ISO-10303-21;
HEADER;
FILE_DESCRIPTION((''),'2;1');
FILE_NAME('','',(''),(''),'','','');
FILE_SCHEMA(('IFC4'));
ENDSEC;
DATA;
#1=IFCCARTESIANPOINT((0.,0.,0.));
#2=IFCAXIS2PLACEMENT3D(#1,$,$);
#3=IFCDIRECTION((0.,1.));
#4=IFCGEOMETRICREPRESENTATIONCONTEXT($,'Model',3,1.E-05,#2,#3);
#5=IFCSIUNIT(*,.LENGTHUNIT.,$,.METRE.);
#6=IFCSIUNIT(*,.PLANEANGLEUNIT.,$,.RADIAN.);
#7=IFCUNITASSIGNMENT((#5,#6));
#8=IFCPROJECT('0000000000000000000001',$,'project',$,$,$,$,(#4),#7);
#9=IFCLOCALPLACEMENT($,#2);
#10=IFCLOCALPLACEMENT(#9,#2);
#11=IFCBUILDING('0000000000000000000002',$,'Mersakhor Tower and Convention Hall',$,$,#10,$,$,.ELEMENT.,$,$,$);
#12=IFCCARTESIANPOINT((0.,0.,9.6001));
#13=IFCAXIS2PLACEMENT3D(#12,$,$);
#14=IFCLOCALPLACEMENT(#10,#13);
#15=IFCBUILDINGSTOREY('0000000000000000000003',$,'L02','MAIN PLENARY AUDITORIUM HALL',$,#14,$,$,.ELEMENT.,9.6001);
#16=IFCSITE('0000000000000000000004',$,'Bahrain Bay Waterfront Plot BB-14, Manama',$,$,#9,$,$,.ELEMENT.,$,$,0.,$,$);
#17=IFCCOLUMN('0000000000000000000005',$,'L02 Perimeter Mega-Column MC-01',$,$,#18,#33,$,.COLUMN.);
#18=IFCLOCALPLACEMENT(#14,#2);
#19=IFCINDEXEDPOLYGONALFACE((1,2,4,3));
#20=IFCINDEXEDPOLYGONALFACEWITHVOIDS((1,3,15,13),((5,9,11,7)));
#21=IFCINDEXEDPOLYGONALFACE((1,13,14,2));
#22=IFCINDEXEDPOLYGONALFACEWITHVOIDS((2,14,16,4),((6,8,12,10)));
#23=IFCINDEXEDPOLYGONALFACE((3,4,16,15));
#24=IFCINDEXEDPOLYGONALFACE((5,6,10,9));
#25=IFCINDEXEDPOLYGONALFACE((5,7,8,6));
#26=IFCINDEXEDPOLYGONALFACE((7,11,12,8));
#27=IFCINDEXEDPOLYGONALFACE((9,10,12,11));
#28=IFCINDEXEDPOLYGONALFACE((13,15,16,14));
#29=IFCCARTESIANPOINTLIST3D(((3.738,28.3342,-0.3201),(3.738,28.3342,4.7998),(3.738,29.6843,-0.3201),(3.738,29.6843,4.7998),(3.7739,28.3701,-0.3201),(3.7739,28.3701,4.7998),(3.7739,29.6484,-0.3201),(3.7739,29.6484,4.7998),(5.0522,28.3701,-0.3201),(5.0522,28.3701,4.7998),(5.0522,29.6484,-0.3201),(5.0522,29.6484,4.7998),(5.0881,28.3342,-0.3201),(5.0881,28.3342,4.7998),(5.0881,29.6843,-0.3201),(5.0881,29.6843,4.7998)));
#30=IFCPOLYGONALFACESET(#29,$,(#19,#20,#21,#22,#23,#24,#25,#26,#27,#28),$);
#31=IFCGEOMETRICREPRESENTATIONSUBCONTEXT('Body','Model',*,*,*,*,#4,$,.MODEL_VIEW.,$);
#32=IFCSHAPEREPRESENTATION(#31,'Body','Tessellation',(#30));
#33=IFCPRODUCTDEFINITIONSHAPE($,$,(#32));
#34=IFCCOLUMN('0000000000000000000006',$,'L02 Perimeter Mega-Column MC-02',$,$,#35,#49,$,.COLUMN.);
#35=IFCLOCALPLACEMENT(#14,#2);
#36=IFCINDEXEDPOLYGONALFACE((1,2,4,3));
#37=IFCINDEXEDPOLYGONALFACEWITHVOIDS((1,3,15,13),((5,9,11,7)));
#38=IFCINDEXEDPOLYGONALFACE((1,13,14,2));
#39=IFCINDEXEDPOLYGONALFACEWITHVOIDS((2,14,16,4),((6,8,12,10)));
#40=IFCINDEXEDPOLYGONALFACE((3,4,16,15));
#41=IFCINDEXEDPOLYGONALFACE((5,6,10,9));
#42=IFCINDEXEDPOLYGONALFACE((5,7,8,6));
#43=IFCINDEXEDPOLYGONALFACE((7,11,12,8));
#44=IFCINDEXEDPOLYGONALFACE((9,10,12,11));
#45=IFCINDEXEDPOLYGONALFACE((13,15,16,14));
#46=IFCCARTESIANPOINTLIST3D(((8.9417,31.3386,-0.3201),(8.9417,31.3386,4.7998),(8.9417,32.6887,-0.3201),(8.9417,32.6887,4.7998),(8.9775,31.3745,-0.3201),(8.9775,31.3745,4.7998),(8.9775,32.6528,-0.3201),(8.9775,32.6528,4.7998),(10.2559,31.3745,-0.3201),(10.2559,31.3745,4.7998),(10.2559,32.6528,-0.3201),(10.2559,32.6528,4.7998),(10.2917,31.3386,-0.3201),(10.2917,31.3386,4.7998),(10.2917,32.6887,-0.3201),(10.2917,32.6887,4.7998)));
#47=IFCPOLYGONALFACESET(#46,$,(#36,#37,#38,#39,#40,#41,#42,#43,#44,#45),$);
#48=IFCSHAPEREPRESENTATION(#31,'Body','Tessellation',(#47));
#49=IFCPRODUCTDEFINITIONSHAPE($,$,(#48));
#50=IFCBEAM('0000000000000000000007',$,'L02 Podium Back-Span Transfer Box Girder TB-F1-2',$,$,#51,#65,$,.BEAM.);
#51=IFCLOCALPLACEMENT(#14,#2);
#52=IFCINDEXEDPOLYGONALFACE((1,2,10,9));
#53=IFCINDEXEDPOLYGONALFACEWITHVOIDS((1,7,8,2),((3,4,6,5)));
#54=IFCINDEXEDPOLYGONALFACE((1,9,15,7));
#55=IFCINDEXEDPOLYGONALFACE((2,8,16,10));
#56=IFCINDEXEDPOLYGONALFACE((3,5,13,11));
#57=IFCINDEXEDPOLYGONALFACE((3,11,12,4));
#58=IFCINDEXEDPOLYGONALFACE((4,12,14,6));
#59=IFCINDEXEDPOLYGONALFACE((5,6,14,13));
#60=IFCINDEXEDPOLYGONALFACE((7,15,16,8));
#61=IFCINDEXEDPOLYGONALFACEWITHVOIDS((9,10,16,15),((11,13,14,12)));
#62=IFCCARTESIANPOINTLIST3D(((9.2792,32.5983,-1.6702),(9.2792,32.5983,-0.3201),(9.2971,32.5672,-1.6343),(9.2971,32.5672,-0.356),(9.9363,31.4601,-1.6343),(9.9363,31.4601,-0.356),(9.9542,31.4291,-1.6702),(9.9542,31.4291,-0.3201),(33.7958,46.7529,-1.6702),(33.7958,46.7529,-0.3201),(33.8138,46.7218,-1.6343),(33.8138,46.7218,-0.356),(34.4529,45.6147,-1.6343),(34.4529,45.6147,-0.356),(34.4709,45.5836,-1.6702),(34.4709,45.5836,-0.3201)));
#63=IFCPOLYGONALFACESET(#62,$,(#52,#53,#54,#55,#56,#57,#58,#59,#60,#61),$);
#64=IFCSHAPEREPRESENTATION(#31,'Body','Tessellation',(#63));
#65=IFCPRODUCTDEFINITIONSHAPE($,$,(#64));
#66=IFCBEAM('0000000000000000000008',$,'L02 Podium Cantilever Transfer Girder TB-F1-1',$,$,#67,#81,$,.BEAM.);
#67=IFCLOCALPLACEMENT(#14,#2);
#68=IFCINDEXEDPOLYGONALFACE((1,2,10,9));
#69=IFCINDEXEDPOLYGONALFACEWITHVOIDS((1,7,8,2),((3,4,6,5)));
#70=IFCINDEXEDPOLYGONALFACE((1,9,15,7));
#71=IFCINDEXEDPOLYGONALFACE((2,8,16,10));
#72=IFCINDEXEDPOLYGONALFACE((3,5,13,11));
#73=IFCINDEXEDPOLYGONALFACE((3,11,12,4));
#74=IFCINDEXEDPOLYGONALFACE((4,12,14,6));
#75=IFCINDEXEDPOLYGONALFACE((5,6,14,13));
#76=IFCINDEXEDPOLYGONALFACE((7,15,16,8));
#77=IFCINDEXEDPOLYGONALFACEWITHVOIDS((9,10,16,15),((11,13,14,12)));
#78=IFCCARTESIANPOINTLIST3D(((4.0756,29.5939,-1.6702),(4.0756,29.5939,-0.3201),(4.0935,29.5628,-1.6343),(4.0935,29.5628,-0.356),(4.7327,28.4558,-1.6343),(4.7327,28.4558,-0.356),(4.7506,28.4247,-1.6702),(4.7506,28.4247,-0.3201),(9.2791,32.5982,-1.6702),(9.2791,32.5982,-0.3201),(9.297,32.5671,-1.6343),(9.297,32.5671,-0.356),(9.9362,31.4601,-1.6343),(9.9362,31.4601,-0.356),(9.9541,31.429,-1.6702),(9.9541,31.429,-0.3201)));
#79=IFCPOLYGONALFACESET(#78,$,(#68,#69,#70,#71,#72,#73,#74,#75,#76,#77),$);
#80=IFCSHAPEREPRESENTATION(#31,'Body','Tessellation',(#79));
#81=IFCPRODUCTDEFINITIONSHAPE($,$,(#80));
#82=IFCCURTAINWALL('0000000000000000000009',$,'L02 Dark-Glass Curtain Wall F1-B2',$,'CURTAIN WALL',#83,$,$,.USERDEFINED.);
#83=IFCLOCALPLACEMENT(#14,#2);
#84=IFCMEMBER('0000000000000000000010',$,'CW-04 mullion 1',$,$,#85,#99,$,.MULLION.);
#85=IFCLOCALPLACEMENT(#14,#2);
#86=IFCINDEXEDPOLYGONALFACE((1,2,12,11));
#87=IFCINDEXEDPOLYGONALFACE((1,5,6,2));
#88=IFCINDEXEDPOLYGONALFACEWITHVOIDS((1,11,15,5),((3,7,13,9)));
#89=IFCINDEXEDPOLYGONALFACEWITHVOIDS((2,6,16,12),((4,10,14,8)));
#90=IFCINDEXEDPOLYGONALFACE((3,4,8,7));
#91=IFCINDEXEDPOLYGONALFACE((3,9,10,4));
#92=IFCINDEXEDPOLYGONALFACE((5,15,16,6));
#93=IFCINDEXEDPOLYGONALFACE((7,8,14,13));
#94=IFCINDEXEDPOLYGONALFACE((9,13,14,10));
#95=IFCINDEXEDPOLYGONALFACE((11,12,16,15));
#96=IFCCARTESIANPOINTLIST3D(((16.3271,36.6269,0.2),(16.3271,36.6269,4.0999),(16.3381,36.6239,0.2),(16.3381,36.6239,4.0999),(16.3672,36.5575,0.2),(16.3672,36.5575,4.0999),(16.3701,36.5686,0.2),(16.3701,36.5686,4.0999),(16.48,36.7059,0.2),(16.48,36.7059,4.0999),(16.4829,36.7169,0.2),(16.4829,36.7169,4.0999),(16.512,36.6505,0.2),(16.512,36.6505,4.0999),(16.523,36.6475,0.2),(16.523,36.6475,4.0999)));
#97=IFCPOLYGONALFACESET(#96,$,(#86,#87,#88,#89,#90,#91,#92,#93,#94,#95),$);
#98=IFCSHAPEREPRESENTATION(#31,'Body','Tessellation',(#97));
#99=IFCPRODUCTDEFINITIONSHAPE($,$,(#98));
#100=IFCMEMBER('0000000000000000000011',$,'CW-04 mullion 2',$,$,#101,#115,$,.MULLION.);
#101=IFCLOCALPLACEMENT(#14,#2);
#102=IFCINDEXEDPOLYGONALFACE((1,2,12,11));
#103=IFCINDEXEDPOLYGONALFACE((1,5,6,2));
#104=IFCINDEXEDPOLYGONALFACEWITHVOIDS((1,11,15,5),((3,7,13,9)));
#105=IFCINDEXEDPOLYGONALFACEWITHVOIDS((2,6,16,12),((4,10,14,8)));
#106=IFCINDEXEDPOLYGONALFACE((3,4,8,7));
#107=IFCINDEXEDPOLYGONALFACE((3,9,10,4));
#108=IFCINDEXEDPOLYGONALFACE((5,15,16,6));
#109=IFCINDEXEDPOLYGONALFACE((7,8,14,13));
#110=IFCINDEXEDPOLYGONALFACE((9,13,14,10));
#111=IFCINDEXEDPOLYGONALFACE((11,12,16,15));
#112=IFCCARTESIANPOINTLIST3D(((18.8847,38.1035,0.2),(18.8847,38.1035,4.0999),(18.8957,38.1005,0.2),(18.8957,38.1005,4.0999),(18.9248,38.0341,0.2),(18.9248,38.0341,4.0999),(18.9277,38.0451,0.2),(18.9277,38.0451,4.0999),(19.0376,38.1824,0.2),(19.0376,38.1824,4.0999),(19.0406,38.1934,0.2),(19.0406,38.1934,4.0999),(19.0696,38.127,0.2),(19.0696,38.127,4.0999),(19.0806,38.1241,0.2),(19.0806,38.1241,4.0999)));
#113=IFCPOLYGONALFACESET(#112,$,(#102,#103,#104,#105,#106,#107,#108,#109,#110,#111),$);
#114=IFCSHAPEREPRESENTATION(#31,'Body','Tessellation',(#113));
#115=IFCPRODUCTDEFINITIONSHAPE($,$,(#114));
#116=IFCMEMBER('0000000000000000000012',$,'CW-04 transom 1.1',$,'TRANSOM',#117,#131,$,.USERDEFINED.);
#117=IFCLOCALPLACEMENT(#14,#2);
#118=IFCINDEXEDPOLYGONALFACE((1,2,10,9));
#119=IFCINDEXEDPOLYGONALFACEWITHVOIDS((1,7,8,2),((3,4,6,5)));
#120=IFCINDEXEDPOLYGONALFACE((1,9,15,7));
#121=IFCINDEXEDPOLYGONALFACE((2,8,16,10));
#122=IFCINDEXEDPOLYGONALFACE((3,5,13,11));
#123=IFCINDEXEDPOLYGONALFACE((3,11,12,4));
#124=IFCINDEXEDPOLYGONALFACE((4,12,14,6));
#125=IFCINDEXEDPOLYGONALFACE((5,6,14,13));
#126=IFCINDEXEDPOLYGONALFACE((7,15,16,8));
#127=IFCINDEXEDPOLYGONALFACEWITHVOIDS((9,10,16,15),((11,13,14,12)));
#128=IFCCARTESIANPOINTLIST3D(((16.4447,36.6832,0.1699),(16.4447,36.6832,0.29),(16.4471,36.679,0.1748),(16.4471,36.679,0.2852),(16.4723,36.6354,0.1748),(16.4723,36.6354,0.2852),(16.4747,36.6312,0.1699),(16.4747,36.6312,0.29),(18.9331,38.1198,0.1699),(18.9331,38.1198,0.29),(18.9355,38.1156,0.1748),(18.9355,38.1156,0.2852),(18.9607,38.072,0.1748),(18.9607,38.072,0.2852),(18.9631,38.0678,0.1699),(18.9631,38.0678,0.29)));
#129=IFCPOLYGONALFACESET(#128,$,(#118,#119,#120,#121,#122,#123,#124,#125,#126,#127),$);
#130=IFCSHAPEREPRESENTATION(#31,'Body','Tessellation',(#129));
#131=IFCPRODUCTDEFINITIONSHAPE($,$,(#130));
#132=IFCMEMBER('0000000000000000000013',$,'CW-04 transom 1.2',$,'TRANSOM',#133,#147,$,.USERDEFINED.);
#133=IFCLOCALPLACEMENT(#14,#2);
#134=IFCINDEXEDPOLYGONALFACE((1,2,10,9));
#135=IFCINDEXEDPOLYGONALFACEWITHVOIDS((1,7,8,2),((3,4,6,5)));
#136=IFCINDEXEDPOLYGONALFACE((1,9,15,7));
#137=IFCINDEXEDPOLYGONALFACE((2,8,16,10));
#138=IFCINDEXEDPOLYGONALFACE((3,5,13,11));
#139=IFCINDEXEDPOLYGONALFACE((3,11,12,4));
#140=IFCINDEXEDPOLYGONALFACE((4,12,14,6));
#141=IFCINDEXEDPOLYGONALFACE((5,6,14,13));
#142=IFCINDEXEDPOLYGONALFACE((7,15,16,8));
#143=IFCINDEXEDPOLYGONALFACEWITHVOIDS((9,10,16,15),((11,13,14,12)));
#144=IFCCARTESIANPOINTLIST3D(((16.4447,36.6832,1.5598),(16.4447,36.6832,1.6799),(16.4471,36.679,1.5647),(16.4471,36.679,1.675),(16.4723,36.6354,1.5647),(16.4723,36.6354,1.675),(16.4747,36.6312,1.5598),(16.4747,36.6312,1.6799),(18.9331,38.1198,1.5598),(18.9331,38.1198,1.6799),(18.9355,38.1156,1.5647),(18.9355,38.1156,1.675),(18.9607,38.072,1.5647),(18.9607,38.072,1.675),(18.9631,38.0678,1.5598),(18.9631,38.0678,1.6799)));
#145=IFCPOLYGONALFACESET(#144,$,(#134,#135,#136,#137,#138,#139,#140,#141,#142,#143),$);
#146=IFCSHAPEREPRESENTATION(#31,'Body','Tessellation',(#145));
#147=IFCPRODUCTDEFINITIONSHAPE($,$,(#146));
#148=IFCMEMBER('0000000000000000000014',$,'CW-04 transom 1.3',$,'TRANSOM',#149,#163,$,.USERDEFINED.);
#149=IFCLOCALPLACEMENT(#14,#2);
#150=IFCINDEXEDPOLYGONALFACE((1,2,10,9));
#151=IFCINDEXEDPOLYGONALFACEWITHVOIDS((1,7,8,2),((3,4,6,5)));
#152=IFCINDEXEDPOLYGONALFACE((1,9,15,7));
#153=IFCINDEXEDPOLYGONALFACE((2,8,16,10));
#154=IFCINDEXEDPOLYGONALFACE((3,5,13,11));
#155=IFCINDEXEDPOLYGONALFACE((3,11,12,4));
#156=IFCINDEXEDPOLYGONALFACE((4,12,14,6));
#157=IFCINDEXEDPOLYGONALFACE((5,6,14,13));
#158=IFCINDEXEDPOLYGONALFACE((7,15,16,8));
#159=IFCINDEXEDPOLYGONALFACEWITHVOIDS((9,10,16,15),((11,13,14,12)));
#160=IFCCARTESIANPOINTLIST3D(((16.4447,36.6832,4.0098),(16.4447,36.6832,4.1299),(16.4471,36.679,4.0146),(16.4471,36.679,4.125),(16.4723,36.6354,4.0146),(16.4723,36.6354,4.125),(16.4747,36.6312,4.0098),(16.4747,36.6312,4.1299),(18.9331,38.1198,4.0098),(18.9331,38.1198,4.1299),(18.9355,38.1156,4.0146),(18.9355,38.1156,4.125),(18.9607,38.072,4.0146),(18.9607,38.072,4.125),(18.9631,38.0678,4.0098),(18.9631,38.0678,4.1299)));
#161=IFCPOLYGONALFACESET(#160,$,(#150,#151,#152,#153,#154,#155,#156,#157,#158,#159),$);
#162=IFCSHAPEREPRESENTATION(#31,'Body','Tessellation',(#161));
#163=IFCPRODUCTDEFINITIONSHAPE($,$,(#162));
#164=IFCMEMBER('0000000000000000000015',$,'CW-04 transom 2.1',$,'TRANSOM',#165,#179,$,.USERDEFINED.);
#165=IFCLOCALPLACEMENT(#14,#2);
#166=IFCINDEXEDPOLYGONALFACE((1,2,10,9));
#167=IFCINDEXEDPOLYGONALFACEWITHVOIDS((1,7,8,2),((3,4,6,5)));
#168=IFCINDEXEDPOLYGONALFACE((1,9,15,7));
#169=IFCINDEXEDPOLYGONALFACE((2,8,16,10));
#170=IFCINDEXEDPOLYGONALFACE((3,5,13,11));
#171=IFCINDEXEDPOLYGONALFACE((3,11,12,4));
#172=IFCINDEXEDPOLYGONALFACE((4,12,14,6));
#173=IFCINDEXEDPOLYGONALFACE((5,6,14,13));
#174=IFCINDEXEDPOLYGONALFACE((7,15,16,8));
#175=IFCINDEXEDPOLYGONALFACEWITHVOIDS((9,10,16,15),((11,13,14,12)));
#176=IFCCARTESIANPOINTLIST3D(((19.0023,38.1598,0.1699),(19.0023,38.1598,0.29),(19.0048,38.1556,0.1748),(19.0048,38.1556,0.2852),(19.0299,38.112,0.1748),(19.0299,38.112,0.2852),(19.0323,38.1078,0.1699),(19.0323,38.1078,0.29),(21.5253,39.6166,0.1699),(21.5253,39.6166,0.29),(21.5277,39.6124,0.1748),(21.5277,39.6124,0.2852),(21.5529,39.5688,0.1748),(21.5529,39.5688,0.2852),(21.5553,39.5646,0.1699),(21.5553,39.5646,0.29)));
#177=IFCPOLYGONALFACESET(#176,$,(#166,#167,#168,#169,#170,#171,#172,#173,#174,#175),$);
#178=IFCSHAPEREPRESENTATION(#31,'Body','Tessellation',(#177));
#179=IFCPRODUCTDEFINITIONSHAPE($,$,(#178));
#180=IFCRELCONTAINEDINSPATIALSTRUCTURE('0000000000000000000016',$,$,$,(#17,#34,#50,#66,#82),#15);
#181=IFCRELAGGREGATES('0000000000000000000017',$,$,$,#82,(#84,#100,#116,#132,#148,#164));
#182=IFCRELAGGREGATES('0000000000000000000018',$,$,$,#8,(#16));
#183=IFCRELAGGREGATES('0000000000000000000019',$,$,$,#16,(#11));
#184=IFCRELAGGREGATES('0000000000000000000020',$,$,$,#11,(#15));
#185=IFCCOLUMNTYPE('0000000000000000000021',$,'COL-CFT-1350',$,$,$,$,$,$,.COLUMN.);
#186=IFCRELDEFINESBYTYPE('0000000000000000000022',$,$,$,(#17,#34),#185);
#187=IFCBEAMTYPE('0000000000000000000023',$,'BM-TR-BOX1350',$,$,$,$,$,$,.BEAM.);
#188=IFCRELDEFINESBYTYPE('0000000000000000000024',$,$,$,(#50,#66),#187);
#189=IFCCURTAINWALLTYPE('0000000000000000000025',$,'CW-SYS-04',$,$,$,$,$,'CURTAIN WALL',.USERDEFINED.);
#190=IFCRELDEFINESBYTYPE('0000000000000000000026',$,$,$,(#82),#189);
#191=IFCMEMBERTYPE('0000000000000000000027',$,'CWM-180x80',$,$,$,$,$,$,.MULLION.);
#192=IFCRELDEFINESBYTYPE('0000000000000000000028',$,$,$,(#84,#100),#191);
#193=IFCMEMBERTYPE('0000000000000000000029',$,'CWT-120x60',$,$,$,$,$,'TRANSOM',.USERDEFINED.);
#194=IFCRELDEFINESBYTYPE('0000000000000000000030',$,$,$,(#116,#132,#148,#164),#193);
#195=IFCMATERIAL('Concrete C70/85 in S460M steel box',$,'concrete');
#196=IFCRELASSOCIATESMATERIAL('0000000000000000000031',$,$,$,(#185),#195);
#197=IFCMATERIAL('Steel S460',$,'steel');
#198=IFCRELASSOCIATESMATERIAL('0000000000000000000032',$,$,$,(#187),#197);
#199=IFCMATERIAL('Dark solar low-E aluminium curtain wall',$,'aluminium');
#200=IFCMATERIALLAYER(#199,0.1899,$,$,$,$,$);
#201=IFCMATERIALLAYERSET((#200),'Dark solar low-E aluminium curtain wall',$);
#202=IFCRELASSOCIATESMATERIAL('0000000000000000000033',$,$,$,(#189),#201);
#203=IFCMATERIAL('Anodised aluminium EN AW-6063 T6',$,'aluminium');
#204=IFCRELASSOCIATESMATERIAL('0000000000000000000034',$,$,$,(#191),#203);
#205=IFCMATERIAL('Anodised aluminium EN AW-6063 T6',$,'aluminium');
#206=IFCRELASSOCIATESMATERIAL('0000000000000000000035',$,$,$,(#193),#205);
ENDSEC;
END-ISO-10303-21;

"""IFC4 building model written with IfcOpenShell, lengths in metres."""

from ifc_helpers import new_model, si_unit, direction, frame, origin, origin_2d, place, context, subcontext, project, spatial, hollow_rectangle, extrude, material, layer, layer_set, material_profile, profile_set, type_object, element, aggregate, save


model = new_model("IFC4")

# Units and contexts
model_context = context("Model", 3, precision=1e-05, world=origin(), true_north=direction((0.0, 1.0)))
body_context = subcontext(model_context, "Body", "Model", "MODEL_VIEW")
ifc_project = project(units=[si_unit("LENGTHUNIT", "METRE"), si_unit("PLANEANGLEUNIT", "RADIAN")], contexts=[model_context])

# Site, building, storey
site_placement = place(None, origin())
site = spatial("IfcSite", under=ifc_project, at=site_placement, Name="Bahrain Bay Waterfront Plot BB-14, Manama", CompositionType="ELEMENT", RefElevation=0.0)
building_placement = place(site_placement, origin())
building = spatial("IfcBuilding", under=site, at=building_placement, Name="Mersakhor Tower and Convention Hall", CompositionType="ELEMENT")
storey_placement = place(building_placement, frame((0.0, 0.0, 9.6001)))
storey = spatial("IfcBuildingStorey", under=building, at=storey_placement, Name="L02", Description="MAIN PLENARY AUDITORIUM HALL", CompositionType="ELEMENT", Elevation=9.6001)

# Columns
ifc_material_1 = material(Name="Concrete C70/85 in S460M steel box", Category="concrete")
ifc_material_profile_1 = material_profile(ifc_material_1, hollow_rectangle(XDim=1.3501, YDim=1.3501, WallThickness=0.0359, at=origin_2d()), Name="SHS 1350x1350x36")
ifc_profile_set_1 = profile_set([ifc_material_profile_1], Name="Concrete C70/85 in S460M steel box")
column_type = type_object("IfcColumnType", Name="COL-CFT-1350", PredefinedType="COLUMN", material=ifc_profile_set_1)
for number, where, z_axis, x_axis, name in (
    (1, (4.4131, 29.0093, -0.3201), (0.0, 0.0, 1.0), (1.0, 0.0, 0.0), "L02 Perimeter Mega-Column MC-01"),
    (2, (9.6167, 32.0137, -0.3201), (0.0, 0.0, 1.0), (1.0, 0.0, 0.0), "L02 Perimeter Mega-Column MC-02"),
):
    element("IfcColumn", number, at=place(storey_placement, frame(where, z_axis=z_axis, x_axis=x_axis)), inside=storey, type_object=column_type, Name=name, PredefinedType="COLUMN", context=body_context, shape_type="SweptSolid", body=[
        extrude(hollow_rectangle(XDim=1.3501, YDim=1.3501, WallThickness=0.0359, at=origin_2d()), origin(), (0.0, 0.0, 1.0), 5.1199),
    ])

# Beams
ifc_material_2 = material(Name="Steel S460", Category="steel")
ifc_material_profile_2 = material_profile(ifc_material_2, hollow_rectangle(XDim=1.3501, YDim=1.3501, WallThickness=0.0359, at=origin_2d()), Name="SHS 1350x1350x36")
ifc_profile_set_2 = profile_set([ifc_material_profile_2], Name="Steel S460")
beam_type = type_object("IfcBeamType", Name="BM-TR-BOX1350", PredefinedType="BEAM", material=ifc_profile_set_2)
beam_1_placement = place(storey_placement, frame((9.6167, 32.0137, -0.9951), z_axis=(0.866027, 0.499997, 0.0), x_axis=(-0.499997, 0.866027, 0.0)))
element("IfcBeam", 3, at=beam_1_placement, inside=storey, type_object=beam_type, Name="L02 Podium Back-Span Transfer Box Girder TB-F1-2", PredefinedType="BEAM", context=body_context, shape_type="SweptSolid", body=[
    extrude(hollow_rectangle(XDim=1.3501, YDim=1.3501, WallThickness=0.0359, at=origin_2d()), origin(), (0.0, 0.0, 1.0), 28.3093),
])
beam_2_placement = place(storey_placement, frame((4.4131, 29.0093, -0.9951), z_axis=(0.866019, 0.500011, 0.0), x_axis=(-0.500011, 0.866019, 0.0)))
element("IfcBeam", 4, at=beam_2_placement, inside=storey, type_object=beam_type, Name="L02 Podium Cantilever Transfer Girder TB-F1-1", PredefinedType="BEAM", context=body_context, shape_type="SweptSolid", body=[
    extrude(hollow_rectangle(XDim=1.3501, YDim=1.3501, WallThickness=0.0359, at=origin_2d()), origin(), (0.0, 0.0, 1.0), 6.0085),
])

# Curtain wall, members
ifc_material_3 = material(Name="Dark solar low-E aluminium curtain wall", Category="aluminium")
ifc_layer_1 = layer(ifc_material_3, 0.1899)
ifc_layer_set_1 = layer_set([ifc_layer_1], Name="Dark solar low-E aluminium curtain wall")
curtain_wall_type = type_object("IfcCurtainWallType", Name="CW-SYS-04", ElementType="CURTAIN WALL", PredefinedType="USERDEFINED", material=ifc_layer_set_1)
curtain_wall_placement = place(storey_placement, origin())
curtain_wall = element("IfcCurtainWall", 5, at=curtain_wall_placement, inside=storey, type_object=curtain_wall_type, Name="L02 Dark-Glass Curtain Wall F1-B2", ObjectType="CURTAIN WALL", PredefinedType="USERDEFINED")
ifc_material_4 = material(Name="Anodised aluminium EN AW-6063 T6", Category="aluminium")
ifc_material_profile_3 = material_profile(ifc_material_4, hollow_rectangle(XDim=0.0801, YDim=0.1799, WallThickness=0.0081, at=origin_2d()), Name="RHS 180x80x8")
ifc_profile_set_3 = profile_set([ifc_material_profile_3], Name="Anodised aluminium EN AW-6063 T6")
member_type_1 = type_object("IfcMemberType", Name="CWM-180x80", PredefinedType="MULLION", material=ifc_profile_set_3)
member_1_placement = place(storey_placement, frame((16.425, 36.6372, 0.2), z_axis=(0.0, 0.0, 1.0), x_axis=(-0.500003, 0.866023, 0.0)))
member_1 = element("IfcMember", 6, at=member_1_placement, type_object=member_type_1, Name="CW-04 mullion 1", PredefinedType="MULLION", context=body_context, shape_type="SweptSolid", body=[
    extrude(hollow_rectangle(XDim=0.0801, YDim=0.1799, WallThickness=0.0081, at=origin_2d()), origin(), (0.0, 0.0, 1.0), 3.8999),
])
member_2_placement = place(storey_placement, frame((18.9827, 38.1138, 0.2), z_axis=(0.0, 0.0, 1.0), x_axis=(-0.500003, 0.866023, 0.0)))
member_2 = element("IfcMember", 7, at=member_2_placement, type_object=member_type_1, Name="CW-04 mullion 2", PredefinedType="MULLION", context=body_context, shape_type="SweptSolid", body=[
    extrude(hollow_rectangle(XDim=0.0801, YDim=0.1799, WallThickness=0.0081, at=origin_2d()), origin(), (0.0, 0.0, 1.0), 3.8999),
])
ifc_material_5 = material(Name="Anodised aluminium EN AW-6063 T6", Category="aluminium")
ifc_material_profile_4 = material_profile(ifc_material_5, hollow_rectangle(XDim=0.0601, YDim=0.1201, WallThickness=0.0049, at=origin_2d()), Name="RHS 120x60x5")
ifc_profile_set_4 = profile_set([ifc_material_profile_4], Name="Anodised aluminium EN AW-6063 T6")
member_type_2 = type_object("IfcMemberType", Name="CWT-120x60", ElementType="TRANSOM", PredefinedType="USERDEFINED", material=ifc_profile_set_4)
member_3_placement = place(storey_placement, frame((16.4597, 36.6572, 0.23), z_axis=(0.866038, 0.499977, 0.0), x_axis=(-0.499977, 0.866038, 0.0)))
member_3 = element("IfcMember", 8, at=member_3_placement, type_object=member_type_2, Name="CW-04 transom 1.1", ObjectType="TRANSOM", PredefinedType="USERDEFINED", context=body_context, shape_type="SweptSolid", body=[
    extrude(hollow_rectangle(XDim=0.0601, YDim=0.1201, WallThickness=0.0049, at=origin_2d()), origin(), (0.0, 0.0, 1.0), 2.8733),
])
member_4_placement = place(storey_placement, frame((16.4597, 36.6572, 1.6199), z_axis=(0.866038, 0.499977, 0.0), x_axis=(-0.499977, 0.866038, 0.0)))
member_4 = element("IfcMember", 9, at=member_4_placement, type_object=member_type_2, Name="CW-04 transom 1.2", ObjectType="TRANSOM", PredefinedType="USERDEFINED", context=body_context, shape_type="SweptSolid", body=[
    extrude(hollow_rectangle(XDim=0.0601, YDim=0.1201, WallThickness=0.0049, at=origin_2d()), origin(), (0.0, 0.0, 1.0), 2.8733),
])
member_5_placement = place(storey_placement, frame((16.4597, 36.6572, 4.0698), z_axis=(0.866038, 0.499977, 0.0), x_axis=(-0.499977, 0.866038, 0.0)))
member_5 = element("IfcMember", 10, at=member_5_placement, type_object=member_type_2, Name="CW-04 transom 1.3", ObjectType="TRANSOM", PredefinedType="USERDEFINED", context=body_context, shape_type="SweptSolid", body=[
    extrude(hollow_rectangle(XDim=0.0601, YDim=0.1201, WallThickness=0.0049, at=origin_2d()), origin(), (0.0, 0.0, 1.0), 2.8733),
])
member_6_placement = place(storey_placement, frame((19.0173, 38.1338, 0.23), z_axis=(0.866001, 0.500042, 0.0), x_axis=(-0.500042, 0.866001, 0.0)))
member_6 = element("IfcMember", 11, at=member_6_placement, type_object=member_type_2, Name="CW-04 transom 2.1", ObjectType="TRANSOM", PredefinedType="USERDEFINED", context=body_context, shape_type="SweptSolid", body=[
    extrude(hollow_rectangle(XDim=0.0601, YDim=0.1201, WallThickness=0.0049, at=origin_2d()), origin(), (0.0, 0.0, 1.0), 2.9133),
])

aggregate(curtain_wall, [member_1, member_2, member_3, member_4, member_5, member_6])

save(model, "model.ifc")
